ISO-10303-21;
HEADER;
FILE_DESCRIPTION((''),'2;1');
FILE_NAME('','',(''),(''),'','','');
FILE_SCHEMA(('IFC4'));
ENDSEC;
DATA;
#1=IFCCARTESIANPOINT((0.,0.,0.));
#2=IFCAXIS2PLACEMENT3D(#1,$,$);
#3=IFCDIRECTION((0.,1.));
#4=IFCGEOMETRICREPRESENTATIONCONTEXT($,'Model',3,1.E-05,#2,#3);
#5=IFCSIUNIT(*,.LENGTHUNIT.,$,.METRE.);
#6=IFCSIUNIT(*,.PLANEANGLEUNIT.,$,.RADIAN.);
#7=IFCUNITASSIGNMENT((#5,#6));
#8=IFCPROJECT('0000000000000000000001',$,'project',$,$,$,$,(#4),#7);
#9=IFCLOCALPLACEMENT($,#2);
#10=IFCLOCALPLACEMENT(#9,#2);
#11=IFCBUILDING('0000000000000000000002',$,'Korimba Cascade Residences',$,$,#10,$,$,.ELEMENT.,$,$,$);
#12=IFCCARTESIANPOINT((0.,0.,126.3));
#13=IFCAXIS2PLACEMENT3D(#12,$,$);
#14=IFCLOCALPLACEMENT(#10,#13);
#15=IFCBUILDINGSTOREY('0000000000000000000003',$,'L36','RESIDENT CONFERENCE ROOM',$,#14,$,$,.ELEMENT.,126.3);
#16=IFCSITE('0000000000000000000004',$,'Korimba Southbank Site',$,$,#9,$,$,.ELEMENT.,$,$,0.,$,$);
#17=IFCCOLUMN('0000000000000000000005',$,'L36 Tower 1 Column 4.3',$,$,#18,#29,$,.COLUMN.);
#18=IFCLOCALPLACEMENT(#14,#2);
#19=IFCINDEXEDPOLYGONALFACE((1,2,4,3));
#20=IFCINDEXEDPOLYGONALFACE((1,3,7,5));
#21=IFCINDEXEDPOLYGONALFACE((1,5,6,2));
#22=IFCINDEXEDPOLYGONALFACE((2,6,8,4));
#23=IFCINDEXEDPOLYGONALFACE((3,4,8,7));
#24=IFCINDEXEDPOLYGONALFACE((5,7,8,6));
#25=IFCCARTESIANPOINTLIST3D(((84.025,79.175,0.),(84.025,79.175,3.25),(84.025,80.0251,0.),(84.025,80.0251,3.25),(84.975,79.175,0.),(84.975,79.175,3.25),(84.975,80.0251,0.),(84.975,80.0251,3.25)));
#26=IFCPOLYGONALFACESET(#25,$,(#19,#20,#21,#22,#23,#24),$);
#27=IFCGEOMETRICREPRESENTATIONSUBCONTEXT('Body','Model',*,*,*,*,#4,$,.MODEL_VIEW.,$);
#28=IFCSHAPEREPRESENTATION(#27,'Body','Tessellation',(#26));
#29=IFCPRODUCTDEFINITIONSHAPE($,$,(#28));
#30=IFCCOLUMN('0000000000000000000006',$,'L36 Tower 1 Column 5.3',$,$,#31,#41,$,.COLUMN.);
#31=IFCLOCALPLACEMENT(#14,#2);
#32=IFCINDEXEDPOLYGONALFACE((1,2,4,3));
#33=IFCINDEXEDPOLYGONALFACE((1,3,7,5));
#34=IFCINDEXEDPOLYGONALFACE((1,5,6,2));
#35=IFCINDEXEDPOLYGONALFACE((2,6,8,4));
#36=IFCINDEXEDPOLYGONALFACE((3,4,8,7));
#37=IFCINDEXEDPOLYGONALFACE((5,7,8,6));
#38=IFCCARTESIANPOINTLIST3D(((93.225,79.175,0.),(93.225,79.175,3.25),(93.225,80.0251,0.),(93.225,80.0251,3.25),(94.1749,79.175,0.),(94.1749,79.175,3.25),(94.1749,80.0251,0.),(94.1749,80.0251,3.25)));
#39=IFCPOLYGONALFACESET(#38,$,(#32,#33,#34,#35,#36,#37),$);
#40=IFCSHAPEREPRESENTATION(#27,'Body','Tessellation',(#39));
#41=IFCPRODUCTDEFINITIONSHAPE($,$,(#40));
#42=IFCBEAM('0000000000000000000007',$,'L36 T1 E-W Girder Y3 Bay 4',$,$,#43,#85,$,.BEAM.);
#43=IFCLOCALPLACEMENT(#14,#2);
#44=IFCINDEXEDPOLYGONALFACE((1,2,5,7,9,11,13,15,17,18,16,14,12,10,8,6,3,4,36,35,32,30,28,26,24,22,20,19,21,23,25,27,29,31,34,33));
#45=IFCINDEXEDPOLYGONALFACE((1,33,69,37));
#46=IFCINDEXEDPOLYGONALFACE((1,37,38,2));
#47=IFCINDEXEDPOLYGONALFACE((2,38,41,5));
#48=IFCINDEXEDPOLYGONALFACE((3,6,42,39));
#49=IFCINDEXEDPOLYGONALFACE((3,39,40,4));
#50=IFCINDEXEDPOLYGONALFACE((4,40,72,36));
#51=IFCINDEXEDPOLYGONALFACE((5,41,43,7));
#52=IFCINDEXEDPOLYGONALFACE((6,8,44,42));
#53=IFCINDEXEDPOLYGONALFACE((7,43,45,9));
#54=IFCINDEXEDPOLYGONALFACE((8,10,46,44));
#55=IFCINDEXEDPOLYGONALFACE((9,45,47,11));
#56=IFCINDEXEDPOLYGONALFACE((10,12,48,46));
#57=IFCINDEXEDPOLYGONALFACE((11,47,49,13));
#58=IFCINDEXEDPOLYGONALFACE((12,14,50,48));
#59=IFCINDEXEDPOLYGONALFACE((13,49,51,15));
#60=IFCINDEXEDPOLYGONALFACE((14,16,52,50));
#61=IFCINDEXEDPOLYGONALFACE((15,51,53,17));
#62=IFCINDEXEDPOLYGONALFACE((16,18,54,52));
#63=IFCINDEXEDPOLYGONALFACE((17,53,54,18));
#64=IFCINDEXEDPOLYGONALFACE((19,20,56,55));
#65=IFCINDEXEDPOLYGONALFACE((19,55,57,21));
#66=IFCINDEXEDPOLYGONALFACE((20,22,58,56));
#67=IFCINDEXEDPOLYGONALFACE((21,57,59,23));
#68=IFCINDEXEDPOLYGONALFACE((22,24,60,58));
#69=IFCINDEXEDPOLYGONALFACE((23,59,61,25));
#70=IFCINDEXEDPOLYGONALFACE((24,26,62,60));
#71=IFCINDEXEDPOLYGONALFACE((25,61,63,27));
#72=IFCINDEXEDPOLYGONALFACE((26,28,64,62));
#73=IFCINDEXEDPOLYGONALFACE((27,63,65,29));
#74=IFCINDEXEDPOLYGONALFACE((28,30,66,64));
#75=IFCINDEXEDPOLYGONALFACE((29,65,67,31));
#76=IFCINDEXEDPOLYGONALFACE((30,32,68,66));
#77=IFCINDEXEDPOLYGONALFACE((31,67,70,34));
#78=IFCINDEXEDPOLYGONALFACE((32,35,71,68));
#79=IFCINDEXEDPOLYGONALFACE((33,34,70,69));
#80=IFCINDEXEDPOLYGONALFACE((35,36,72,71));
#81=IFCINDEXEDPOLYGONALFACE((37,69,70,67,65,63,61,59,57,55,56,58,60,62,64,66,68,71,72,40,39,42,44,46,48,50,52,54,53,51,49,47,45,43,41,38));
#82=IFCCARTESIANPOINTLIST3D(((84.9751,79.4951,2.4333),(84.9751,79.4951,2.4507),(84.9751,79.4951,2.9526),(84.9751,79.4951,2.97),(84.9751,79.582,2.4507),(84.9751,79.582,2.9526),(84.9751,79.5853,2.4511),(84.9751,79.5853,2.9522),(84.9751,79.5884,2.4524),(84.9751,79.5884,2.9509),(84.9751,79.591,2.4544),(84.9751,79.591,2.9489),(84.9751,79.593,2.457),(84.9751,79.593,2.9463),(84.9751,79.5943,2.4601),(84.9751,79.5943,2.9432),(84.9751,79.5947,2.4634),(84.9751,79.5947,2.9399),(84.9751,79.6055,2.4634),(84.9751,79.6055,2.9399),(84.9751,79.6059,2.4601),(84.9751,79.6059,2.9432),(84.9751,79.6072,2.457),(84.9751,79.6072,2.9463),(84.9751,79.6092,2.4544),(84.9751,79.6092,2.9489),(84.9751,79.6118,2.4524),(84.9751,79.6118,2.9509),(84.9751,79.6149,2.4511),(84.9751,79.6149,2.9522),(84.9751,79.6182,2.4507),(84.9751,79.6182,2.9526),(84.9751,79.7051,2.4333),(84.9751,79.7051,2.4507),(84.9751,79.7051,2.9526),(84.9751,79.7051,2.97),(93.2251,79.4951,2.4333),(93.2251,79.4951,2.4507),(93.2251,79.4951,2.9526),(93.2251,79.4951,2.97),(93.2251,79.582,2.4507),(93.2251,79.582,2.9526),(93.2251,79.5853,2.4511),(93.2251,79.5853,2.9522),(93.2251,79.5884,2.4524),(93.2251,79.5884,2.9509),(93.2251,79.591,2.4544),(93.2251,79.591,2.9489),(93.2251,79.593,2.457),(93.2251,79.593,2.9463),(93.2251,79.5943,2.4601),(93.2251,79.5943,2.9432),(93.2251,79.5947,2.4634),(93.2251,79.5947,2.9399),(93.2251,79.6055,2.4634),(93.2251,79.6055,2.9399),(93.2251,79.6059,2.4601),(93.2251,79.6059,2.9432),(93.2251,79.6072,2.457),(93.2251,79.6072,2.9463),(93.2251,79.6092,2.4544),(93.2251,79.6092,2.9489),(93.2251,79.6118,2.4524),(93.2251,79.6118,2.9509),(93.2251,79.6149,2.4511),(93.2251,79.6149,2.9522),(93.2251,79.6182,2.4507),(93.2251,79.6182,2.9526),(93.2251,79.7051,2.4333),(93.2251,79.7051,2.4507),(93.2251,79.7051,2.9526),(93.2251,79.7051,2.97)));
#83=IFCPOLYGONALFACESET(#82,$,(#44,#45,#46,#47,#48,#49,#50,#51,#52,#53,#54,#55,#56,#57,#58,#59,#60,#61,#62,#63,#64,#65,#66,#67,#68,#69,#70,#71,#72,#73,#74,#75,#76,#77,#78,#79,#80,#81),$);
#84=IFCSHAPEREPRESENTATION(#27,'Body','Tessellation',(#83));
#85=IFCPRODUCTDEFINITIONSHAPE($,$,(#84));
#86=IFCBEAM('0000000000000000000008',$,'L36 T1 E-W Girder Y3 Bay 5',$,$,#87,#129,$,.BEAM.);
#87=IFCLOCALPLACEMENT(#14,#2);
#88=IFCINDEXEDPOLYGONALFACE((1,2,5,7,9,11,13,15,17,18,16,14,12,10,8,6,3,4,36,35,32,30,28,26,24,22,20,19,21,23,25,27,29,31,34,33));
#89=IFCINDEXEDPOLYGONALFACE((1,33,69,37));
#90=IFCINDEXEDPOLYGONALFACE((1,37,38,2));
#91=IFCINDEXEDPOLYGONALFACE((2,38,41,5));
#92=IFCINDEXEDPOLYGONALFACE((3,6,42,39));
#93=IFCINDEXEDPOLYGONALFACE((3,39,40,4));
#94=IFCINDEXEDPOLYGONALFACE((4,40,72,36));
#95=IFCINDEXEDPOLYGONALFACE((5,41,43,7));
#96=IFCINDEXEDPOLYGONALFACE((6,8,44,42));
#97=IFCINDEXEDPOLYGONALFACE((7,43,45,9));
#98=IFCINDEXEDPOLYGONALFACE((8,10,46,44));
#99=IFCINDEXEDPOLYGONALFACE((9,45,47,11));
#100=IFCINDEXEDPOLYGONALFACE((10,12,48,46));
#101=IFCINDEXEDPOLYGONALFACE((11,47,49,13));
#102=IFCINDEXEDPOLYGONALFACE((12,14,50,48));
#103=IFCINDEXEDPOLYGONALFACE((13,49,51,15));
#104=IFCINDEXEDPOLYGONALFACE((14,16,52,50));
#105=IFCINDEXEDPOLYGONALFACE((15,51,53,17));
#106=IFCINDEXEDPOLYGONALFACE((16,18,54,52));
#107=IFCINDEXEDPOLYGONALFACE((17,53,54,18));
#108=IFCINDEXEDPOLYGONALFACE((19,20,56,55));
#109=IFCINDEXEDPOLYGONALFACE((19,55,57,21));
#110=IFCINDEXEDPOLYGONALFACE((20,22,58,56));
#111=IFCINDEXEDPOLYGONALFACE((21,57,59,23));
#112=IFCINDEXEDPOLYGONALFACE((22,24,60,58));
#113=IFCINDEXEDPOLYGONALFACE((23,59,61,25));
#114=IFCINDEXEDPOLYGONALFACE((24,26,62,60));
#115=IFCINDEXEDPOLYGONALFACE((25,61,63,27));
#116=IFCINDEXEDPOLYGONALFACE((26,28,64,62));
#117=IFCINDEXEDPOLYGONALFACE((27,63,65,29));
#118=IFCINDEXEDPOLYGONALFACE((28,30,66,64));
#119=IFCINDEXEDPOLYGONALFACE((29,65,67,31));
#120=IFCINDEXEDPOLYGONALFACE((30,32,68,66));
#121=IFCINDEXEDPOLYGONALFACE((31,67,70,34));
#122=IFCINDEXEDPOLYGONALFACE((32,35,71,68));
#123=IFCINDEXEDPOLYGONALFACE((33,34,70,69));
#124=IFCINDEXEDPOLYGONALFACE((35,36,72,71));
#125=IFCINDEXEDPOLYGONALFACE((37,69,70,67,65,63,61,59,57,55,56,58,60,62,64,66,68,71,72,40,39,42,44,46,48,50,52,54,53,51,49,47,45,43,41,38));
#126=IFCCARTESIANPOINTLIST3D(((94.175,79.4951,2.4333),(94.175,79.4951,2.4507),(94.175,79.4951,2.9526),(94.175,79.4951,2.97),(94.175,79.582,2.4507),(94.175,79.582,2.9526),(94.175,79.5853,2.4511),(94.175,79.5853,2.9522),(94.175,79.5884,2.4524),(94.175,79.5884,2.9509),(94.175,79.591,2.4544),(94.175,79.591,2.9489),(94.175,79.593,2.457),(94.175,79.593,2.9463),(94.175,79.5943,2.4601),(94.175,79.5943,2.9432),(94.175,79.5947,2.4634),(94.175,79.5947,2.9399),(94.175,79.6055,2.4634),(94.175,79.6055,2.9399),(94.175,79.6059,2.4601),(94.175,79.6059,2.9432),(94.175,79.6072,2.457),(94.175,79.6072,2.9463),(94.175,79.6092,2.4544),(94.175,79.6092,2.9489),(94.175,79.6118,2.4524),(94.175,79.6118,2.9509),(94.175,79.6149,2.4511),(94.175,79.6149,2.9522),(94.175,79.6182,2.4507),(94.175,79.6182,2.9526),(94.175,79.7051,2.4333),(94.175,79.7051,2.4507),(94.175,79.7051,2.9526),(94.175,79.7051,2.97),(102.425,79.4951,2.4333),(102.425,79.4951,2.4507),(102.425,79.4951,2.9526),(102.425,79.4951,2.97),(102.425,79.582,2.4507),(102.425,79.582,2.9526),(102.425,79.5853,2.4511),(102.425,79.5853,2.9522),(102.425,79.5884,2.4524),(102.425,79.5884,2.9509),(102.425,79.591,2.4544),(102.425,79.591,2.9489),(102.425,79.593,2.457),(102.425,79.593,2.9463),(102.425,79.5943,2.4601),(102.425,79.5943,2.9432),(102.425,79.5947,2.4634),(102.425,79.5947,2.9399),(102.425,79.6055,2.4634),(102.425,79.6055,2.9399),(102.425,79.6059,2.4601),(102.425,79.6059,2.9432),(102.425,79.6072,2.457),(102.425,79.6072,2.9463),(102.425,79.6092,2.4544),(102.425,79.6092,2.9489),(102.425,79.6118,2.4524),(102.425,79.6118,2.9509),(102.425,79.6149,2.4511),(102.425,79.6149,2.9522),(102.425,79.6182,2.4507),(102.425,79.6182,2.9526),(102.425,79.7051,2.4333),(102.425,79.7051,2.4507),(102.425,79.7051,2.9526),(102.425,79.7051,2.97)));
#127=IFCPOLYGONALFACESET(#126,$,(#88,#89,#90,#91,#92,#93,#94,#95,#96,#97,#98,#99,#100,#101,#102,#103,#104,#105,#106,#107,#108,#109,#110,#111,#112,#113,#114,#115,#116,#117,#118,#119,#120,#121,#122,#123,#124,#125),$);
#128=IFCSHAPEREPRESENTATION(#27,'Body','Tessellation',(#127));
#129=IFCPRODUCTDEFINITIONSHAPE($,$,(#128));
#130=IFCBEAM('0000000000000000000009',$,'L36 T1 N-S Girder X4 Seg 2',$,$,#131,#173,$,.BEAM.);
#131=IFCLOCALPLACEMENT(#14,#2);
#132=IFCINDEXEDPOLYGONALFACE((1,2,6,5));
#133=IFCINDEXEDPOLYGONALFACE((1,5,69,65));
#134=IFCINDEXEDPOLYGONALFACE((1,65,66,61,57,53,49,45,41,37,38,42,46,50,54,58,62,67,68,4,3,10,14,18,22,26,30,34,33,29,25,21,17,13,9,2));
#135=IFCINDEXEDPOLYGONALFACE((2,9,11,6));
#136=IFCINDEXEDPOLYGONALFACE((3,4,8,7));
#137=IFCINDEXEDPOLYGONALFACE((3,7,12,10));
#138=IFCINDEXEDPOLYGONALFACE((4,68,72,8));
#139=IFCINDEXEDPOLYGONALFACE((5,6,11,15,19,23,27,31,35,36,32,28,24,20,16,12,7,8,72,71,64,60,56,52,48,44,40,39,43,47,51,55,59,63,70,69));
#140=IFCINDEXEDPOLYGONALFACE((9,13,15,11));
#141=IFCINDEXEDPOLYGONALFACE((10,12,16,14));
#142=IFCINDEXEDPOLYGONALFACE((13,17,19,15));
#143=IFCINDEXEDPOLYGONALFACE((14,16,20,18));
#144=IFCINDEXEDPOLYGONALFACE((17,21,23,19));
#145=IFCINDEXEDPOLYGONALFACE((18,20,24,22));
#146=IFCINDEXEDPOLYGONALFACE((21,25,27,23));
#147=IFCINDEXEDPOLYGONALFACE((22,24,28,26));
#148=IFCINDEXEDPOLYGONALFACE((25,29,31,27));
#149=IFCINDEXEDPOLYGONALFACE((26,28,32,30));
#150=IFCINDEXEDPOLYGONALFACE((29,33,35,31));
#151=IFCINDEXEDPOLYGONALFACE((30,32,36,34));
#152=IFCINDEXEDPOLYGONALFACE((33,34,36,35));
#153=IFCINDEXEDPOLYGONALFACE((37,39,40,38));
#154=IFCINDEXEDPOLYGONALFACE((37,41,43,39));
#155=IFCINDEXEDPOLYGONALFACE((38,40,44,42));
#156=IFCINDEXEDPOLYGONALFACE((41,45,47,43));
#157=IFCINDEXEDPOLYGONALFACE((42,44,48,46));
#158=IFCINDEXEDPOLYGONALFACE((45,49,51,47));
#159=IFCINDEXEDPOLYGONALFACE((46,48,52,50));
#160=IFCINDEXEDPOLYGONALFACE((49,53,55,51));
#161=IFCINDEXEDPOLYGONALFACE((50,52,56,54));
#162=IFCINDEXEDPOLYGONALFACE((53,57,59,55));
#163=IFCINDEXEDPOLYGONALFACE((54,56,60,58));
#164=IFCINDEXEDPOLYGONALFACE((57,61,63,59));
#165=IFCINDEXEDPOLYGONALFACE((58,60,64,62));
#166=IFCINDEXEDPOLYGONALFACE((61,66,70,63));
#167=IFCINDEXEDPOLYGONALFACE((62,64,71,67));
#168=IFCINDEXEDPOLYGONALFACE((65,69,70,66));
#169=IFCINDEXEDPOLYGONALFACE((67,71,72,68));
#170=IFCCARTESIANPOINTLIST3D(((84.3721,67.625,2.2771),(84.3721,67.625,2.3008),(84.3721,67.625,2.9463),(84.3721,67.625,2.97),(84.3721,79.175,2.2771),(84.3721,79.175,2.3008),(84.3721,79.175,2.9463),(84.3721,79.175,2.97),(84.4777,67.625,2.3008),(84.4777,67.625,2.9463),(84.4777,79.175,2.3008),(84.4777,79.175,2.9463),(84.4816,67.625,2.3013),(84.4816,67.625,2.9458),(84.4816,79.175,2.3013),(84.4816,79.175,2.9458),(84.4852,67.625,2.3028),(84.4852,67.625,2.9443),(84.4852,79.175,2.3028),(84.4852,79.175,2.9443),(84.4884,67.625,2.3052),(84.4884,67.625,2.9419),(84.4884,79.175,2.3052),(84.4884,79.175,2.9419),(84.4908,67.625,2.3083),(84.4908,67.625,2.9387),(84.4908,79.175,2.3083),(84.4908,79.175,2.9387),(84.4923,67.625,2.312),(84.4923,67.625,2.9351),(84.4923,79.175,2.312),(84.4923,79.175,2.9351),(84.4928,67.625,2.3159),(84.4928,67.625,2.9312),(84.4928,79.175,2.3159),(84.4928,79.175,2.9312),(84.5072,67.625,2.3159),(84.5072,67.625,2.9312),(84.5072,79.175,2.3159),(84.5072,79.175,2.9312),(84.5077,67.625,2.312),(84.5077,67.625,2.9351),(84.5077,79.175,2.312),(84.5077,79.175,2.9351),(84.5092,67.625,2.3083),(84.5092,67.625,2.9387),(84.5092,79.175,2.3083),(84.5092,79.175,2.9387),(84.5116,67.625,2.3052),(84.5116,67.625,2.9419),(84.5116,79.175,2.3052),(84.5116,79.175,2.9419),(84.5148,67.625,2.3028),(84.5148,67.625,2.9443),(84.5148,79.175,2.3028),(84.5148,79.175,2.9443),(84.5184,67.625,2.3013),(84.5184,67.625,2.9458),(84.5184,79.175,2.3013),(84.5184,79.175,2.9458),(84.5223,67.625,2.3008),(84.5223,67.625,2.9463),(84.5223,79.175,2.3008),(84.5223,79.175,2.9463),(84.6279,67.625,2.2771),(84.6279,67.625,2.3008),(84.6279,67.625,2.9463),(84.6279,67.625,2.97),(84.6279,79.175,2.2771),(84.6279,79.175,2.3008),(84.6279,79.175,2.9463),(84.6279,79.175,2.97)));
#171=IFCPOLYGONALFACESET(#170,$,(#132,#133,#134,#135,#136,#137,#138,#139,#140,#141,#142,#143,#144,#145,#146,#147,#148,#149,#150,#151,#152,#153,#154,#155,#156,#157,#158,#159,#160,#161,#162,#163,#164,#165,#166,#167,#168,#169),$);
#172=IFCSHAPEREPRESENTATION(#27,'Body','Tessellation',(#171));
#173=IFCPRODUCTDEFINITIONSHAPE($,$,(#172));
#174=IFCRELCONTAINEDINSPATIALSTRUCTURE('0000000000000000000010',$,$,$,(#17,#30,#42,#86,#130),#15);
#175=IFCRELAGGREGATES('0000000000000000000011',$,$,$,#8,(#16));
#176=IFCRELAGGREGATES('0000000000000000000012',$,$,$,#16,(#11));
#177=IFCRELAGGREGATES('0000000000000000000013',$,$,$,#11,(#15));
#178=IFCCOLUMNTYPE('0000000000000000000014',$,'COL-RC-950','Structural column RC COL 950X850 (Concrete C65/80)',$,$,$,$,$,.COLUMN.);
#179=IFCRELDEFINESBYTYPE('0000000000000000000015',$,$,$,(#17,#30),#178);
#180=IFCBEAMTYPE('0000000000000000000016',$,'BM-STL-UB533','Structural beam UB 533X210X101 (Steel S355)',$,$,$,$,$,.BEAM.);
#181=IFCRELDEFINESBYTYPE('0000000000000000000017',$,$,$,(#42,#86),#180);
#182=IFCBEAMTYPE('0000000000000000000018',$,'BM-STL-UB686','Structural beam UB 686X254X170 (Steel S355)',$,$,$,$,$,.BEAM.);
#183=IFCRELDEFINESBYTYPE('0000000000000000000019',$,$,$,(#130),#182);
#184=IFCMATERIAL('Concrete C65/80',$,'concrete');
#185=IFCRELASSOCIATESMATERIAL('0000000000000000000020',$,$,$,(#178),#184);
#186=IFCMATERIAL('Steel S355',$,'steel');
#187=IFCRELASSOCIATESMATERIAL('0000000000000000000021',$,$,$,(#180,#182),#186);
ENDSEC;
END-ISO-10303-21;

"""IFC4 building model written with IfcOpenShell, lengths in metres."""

from ifc_helpers import new_model, si_unit, direction, frame, origin, origin_2d, place, context, subcontext, project, spatial, rectangle, i_section, extrude, material, material_profile, profile_set, type_object, element, save


model = new_model("IFC4")

# Units and contexts
model_context = context("Model", 3, precision=1e-05, world=origin(), true_north=direction((0.0, 1.0)))
body_context = subcontext(model_context, "Body", "Model", "MODEL_VIEW")
ifc_project = project(units=[si_unit("LENGTHUNIT", "METRE"), si_unit("PLANEANGLEUNIT", "RADIAN")], contexts=[model_context])

# Site, building, storey
site_placement = place(None, origin())
site = spatial("IfcSite", under=ifc_project, at=site_placement, Name="Korimba Southbank Site", CompositionType="ELEMENT", RefElevation=0.0)
building_placement = place(site_placement, origin())
building = spatial("IfcBuilding", under=site, at=building_placement, Name="Korimba Cascade Residences", CompositionType="ELEMENT")
storey_placement = place(building_placement, frame((0.0, 0.0, 126.3)))
storey = spatial("IfcBuildingStorey", under=building, at=storey_placement, Name="L36", Description="RESIDENT CONFERENCE ROOM", CompositionType="ELEMENT", Elevation=126.3)

# Columns
ifc_material_1 = material(Name="Concrete C65/80", Category="concrete")
ifc_material_profile_1 = material_profile(ifc_material_1, rectangle(XDim=0.95, YDim=0.8501, at=origin_2d()), Name="Concrete C65/80")
ifc_profile_set_1 = profile_set([ifc_material_profile_1], Name="Concrete C65/80")
column_type = type_object("IfcColumnType", Name="COL-RC-950", Description="Structural column RC COL 950X850 (Concrete C65/80)", PredefinedType="COLUMN", material=ifc_profile_set_1)
for number, where, z_axis, x_axis, name in (
    (1, (84.5, 79.6001, 0.0), (0.0, 0.0, 1.0), (1.0, 0.0, 0.0), "L36 Tower 1 Column 4.3"),
    (2, (93.7, 79.6001, 0.0), (0.0, 0.0, 1.0), (1.0, 0.0, 0.0), "L36 Tower 1 Column 5.3"),
):
    element("IfcColumn", number, at=place(storey_placement, frame(where, z_axis=z_axis, x_axis=x_axis)), inside=storey, type_object=column_type, Name=name, PredefinedType="COLUMN", context=body_context, shape_type="SweptSolid", body=[
        extrude(rectangle(XDim=0.95, YDim=0.8501, at=origin_2d()), origin(), (0.0, 0.0, 1.0), 3.25),
    ])

# Beams
ifc_material_2 = material(Name="Steel S355", Category="steel")
ifc_material_profile_2 = material_profile(ifc_material_2, i_section(OverallWidth=0.21, OverallDepth=0.5366, WebThickness=0.0107, FlangeThickness=0.0173, FilletRadius=0.0127, at=origin_2d()), Name="Steel S355")
ifc_profile_set_2 = profile_set([ifc_material_profile_2], Name="Steel S355")
beam_type_1 = type_object("IfcBeamType", Name="BM-STL-UB533", Description="Structural beam UB 533X210X101 (Steel S355)", PredefinedType="BEAM", material=ifc_profile_set_2)
for number, where, z_axis, x_axis, name in (
    (3, (84.9751, 79.6001, 2.7017), (1.0, 0.0, 0.0), (0.0, 1.0, 0.0), "L36 T1 E-W Girder Y3 Bay 4"),
    (4, (94.175, 79.6001, 2.7017), (1.0, 0.0, 0.0), (0.0, 1.0, 0.0), "L36 T1 E-W Girder Y3 Bay 5"),
):
    element("IfcBeam", number, at=place(storey_placement, frame(where, z_axis=z_axis, x_axis=x_axis)), inside=storey, type_object=beam_type_1, Name=name, PredefinedType="BEAM", context=body_context, shape_type="SweptSolid", body=[
        extrude(i_section(OverallWidth=0.21, OverallDepth=0.5366, WebThickness=0.0107, FlangeThickness=0.0173, FilletRadius=0.0127, at=origin_2d()), origin(), (0.0, 0.0, 1.0), 8.25),
    ])
ifc_material_profile_3 = material_profile(ifc_material_2, i_section(OverallWidth=0.2559, OverallDepth=0.6929, WebThickness=0.0144, FlangeThickness=0.0237, FilletRadius=0.0151, at=origin_2d()), Name="Steel S355")
ifc_profile_set_3 = profile_set([ifc_material_profile_3], Name="Steel S355")
beam_type_2 = type_object("IfcBeamType", Name="BM-STL-UB686", Description="Structural beam UB 686X254X170 (Steel S355)", PredefinedType="BEAM", material=ifc_profile_set_3)
beam_1_placement = place(storey_placement, frame((84.5, 67.625, 2.6235), z_axis=(0.0, 1.0, 0.0), x_axis=(-1.0, 0.0, 0.0)))
element("IfcBeam", 5, at=beam_1_placement, inside=storey, type_object=beam_type_2, Name="L36 T1 N-S Girder X4 Seg 2", PredefinedType="BEAM", context=body_context, shape_type="SweptSolid", body=[
    extrude(i_section(OverallWidth=0.2559, OverallDepth=0.6929, WebThickness=0.0144, FlangeThickness=0.0237, FilletRadius=0.0151, at=origin_2d()), origin(), (0.0, 0.0, 1.0), 11.55),
])

save(model, "model.ifc")
